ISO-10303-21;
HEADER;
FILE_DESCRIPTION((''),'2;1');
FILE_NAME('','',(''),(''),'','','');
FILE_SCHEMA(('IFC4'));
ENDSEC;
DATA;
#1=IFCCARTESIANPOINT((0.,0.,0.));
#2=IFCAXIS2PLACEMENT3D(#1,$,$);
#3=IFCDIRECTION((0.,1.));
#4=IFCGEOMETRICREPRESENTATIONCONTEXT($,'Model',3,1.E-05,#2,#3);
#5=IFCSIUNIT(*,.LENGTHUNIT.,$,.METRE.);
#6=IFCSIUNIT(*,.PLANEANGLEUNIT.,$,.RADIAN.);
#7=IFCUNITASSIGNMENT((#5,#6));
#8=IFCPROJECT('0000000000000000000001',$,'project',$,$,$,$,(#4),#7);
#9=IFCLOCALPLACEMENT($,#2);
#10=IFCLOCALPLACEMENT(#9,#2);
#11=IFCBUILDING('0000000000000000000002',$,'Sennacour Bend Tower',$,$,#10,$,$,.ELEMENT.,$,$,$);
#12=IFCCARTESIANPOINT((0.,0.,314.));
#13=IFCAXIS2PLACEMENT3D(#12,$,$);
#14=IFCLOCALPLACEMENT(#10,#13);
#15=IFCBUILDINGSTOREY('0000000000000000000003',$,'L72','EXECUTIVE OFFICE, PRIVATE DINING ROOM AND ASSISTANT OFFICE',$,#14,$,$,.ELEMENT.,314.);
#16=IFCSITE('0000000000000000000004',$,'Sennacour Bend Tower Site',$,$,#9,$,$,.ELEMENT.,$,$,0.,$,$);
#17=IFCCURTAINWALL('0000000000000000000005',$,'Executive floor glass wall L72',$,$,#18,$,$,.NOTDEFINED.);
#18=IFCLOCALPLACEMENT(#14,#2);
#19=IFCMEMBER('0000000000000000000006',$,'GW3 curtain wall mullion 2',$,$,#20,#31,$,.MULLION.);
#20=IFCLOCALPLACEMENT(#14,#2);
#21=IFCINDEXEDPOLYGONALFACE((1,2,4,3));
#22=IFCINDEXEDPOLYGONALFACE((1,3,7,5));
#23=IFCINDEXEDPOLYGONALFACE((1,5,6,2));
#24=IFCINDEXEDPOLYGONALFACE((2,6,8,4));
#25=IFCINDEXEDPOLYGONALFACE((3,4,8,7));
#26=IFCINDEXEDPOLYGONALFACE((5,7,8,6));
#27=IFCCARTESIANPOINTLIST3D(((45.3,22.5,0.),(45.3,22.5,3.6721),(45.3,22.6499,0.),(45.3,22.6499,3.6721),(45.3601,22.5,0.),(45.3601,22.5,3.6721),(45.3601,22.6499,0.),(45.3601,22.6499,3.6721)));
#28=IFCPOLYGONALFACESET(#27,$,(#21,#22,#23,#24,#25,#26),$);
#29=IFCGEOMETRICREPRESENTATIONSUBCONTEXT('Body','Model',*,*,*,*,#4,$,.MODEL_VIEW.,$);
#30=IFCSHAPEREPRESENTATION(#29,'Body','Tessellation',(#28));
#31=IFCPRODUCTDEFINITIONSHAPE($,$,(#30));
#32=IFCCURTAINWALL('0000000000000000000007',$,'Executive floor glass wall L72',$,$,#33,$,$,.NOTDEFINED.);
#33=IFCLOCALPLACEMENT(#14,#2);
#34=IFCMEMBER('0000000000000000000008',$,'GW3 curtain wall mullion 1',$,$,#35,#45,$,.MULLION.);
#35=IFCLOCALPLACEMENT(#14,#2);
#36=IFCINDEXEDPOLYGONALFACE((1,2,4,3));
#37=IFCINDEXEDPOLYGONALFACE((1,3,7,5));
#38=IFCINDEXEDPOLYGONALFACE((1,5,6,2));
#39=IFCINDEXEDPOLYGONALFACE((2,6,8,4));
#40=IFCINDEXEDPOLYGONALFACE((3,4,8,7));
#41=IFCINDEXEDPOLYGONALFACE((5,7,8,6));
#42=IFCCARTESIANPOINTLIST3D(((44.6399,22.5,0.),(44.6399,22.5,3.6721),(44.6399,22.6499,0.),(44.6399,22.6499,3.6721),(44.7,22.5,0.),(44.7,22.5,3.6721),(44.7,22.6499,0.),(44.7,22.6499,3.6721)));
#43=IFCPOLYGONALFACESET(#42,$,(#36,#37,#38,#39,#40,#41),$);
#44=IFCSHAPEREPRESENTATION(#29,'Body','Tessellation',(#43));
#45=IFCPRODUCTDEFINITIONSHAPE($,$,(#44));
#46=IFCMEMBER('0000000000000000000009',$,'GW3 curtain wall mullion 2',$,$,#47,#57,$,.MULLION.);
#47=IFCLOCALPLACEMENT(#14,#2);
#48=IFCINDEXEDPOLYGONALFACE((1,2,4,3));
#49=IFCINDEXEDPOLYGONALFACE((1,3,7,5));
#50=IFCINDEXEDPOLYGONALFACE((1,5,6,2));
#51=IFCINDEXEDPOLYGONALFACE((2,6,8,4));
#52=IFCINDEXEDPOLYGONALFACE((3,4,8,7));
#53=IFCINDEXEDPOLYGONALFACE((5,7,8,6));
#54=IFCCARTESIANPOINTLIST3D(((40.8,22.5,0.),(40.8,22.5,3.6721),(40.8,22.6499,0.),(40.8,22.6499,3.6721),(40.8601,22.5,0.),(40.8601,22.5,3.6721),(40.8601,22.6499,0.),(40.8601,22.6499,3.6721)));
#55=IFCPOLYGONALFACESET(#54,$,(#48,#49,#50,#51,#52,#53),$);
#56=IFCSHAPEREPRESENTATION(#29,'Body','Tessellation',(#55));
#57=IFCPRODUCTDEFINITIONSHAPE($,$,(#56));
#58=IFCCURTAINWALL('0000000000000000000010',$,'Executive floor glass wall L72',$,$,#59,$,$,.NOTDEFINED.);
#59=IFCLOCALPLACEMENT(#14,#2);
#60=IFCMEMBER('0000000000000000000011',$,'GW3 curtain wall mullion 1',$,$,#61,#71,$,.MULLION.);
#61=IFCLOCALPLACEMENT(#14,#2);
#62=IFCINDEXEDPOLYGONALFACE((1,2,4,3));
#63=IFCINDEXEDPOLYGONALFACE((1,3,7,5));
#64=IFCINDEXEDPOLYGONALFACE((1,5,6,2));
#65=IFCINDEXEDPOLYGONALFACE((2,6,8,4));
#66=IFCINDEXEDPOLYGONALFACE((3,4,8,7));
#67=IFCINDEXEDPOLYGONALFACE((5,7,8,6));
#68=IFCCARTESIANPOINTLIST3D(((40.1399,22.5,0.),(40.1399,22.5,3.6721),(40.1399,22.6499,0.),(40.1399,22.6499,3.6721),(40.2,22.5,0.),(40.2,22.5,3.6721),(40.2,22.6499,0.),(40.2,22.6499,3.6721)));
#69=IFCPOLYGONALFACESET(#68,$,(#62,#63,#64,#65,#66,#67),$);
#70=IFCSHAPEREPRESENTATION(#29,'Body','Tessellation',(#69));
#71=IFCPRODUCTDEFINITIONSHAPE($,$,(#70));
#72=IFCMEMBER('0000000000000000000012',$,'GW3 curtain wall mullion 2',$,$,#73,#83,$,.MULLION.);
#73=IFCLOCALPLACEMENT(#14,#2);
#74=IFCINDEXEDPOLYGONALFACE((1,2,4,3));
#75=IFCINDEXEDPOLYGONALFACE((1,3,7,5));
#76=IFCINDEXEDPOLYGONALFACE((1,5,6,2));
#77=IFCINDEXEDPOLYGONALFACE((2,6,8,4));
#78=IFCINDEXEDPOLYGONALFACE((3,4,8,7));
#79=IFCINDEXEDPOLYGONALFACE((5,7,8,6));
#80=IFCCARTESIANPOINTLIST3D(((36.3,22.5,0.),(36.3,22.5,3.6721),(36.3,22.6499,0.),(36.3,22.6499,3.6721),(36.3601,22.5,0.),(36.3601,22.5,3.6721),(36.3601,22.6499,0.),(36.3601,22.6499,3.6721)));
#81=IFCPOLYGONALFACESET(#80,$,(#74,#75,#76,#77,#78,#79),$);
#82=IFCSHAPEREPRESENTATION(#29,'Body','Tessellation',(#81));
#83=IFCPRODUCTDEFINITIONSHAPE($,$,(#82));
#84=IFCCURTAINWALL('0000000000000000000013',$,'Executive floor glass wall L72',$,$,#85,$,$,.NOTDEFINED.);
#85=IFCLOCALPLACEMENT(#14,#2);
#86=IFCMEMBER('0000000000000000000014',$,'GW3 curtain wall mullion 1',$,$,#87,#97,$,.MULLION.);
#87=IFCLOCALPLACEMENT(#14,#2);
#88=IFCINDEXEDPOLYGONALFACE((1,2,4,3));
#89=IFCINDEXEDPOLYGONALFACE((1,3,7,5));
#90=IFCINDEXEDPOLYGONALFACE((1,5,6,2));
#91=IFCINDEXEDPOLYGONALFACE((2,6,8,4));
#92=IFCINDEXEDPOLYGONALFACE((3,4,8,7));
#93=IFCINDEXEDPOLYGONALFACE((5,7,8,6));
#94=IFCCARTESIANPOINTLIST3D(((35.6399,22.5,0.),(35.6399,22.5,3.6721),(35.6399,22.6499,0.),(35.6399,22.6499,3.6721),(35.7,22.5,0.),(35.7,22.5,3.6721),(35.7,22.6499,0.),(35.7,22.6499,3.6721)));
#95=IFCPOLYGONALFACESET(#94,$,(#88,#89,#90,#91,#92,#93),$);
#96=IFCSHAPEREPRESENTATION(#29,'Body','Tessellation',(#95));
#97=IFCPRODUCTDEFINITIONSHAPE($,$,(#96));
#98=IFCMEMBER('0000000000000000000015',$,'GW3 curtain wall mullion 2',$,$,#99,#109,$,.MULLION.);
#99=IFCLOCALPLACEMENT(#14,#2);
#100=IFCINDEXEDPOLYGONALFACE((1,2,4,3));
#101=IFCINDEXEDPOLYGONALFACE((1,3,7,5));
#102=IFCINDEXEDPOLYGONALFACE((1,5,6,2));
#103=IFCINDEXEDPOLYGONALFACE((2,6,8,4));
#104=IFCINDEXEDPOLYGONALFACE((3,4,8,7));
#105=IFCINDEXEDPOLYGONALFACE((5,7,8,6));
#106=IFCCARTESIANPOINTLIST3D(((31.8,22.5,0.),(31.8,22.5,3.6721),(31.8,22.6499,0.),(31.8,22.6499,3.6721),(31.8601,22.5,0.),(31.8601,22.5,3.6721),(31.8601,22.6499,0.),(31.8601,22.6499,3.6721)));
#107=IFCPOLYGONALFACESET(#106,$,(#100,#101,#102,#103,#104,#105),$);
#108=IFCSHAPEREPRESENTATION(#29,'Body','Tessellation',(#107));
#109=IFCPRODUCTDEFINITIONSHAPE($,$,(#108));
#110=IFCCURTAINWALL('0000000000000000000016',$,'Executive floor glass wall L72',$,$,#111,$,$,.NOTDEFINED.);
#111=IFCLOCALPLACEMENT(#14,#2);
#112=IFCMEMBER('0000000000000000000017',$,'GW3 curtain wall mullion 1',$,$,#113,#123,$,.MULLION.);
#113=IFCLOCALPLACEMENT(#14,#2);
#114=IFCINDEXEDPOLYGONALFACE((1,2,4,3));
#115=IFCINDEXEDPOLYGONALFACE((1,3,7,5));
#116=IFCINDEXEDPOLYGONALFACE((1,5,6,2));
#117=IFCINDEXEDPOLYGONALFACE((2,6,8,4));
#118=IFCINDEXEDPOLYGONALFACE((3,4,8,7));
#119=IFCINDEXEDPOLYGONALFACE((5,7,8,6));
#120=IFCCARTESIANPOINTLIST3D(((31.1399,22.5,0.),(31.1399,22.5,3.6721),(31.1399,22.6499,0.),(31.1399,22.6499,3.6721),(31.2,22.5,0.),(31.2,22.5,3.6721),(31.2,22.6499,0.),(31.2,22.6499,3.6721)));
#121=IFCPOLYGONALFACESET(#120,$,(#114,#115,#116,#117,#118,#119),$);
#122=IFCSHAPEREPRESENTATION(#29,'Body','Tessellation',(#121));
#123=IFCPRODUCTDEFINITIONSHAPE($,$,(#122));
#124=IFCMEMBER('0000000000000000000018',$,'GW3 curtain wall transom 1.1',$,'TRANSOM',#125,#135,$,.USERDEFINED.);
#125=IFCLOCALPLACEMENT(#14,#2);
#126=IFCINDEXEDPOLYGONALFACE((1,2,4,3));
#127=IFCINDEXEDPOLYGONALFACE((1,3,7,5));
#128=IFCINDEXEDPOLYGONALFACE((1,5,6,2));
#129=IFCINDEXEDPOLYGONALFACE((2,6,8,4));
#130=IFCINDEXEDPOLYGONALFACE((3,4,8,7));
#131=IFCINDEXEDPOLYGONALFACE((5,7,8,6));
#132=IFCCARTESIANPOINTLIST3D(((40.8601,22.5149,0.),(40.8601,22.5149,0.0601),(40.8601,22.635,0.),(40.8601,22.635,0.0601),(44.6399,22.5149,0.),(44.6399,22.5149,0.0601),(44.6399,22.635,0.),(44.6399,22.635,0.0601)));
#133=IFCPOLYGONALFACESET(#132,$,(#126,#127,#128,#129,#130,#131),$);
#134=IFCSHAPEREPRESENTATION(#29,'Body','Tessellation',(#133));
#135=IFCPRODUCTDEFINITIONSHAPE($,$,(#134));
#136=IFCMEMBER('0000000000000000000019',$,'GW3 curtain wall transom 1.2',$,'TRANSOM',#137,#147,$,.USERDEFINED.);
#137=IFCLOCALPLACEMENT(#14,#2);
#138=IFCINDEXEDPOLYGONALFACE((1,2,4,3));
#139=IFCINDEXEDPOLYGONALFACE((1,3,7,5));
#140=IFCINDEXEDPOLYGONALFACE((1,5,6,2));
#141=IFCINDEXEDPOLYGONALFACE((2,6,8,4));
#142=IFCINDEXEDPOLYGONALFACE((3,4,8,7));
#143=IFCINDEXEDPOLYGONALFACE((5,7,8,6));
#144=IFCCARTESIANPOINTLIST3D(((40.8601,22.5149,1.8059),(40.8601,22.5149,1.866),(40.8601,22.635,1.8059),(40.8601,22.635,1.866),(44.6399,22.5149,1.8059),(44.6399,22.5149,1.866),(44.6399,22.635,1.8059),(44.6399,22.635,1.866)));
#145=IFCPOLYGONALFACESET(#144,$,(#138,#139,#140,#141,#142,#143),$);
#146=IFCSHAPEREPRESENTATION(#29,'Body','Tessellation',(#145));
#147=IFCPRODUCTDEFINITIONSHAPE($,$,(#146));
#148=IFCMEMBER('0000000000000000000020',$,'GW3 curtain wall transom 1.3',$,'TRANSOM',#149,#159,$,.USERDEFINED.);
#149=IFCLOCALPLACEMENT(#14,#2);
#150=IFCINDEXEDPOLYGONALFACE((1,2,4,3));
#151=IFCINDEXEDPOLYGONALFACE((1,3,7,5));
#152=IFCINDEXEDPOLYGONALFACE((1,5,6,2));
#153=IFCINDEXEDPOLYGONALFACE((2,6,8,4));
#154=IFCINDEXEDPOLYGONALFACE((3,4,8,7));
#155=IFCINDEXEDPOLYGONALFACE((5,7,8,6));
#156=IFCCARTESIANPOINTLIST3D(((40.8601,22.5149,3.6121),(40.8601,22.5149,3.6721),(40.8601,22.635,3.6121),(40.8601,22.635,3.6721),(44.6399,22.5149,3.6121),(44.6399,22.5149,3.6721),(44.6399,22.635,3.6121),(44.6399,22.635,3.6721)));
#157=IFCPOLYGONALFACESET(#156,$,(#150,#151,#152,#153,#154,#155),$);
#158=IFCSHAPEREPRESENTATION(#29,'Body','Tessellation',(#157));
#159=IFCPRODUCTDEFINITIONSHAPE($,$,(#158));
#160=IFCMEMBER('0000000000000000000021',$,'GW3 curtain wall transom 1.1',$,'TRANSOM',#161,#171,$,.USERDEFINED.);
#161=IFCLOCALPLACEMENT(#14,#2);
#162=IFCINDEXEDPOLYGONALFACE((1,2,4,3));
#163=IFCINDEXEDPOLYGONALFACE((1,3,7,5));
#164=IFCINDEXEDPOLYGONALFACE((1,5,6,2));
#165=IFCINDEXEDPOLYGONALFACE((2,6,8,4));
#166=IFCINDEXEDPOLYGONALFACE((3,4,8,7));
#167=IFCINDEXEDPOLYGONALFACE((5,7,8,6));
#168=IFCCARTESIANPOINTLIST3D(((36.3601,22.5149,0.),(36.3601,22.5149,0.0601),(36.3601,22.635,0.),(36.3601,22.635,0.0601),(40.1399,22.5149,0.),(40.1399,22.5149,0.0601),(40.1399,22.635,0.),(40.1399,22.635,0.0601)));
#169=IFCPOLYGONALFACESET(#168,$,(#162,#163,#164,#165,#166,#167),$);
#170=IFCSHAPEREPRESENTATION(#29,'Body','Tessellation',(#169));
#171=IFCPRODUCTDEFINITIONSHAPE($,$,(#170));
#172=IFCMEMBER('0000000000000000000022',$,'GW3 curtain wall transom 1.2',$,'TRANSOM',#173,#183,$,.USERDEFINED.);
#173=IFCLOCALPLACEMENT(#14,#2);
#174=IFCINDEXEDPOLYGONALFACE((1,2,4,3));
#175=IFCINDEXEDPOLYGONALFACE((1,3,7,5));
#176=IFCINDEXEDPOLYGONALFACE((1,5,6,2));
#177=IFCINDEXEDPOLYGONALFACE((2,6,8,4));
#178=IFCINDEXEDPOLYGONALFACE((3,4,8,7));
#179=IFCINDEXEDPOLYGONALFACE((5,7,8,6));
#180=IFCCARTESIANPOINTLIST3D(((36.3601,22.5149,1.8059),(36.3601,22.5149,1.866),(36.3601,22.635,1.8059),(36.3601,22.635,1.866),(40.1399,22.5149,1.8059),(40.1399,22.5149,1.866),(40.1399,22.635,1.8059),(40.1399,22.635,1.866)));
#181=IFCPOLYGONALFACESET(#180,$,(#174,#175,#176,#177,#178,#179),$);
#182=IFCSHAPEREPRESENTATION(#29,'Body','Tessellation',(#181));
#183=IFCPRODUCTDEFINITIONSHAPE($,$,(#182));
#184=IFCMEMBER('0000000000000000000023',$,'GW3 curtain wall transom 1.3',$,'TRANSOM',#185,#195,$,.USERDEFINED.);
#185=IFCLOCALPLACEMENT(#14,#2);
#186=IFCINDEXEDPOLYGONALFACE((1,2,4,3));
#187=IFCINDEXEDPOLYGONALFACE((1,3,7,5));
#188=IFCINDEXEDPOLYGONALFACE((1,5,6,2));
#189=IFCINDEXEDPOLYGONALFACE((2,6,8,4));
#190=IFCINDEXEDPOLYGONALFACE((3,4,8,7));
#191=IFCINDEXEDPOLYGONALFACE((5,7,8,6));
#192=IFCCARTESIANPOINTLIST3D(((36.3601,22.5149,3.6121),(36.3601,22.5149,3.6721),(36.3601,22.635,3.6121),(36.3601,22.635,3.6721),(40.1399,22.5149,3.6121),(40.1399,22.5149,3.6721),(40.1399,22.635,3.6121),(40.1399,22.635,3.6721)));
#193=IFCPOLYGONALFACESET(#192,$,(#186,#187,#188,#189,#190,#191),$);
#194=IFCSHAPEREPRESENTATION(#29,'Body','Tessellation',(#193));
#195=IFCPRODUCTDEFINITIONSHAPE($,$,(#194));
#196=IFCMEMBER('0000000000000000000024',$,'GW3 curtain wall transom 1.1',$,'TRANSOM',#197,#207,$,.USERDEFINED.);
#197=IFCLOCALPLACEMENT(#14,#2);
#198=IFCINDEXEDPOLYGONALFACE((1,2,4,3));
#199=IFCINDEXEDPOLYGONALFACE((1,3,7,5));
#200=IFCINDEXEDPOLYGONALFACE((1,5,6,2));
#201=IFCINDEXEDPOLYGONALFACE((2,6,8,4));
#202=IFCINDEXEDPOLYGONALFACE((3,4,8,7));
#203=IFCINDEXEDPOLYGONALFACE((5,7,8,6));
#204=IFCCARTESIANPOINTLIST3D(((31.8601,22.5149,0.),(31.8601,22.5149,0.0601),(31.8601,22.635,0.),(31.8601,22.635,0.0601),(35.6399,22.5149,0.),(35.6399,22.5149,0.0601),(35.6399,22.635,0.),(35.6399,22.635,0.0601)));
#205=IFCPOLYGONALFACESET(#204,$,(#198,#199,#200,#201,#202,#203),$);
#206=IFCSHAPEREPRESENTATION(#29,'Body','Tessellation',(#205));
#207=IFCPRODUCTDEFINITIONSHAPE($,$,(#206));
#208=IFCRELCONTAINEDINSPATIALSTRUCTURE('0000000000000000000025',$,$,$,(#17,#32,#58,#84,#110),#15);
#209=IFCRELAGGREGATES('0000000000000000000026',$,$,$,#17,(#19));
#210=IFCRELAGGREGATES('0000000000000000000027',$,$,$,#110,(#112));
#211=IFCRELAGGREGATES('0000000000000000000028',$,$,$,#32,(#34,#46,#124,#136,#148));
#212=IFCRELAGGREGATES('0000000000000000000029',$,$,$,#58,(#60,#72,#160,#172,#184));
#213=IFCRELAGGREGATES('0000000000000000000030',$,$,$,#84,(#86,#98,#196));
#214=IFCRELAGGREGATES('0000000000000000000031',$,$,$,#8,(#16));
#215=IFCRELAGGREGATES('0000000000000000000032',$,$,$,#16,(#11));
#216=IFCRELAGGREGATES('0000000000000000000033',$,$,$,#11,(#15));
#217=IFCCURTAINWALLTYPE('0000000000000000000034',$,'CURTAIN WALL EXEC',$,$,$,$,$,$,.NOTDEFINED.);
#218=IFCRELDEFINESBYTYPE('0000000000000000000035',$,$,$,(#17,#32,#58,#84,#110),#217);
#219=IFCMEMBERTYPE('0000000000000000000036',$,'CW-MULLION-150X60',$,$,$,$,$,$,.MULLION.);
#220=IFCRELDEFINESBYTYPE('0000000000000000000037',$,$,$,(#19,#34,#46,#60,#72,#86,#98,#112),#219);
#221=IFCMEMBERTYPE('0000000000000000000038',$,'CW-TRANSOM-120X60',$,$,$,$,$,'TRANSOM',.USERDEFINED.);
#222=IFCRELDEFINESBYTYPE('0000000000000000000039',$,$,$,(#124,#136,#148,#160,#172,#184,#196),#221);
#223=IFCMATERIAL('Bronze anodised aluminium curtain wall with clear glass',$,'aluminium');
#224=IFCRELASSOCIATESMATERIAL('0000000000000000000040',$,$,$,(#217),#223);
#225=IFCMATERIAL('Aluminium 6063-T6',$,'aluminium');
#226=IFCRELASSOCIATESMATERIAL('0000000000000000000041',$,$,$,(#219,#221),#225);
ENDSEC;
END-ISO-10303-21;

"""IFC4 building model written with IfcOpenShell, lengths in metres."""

from ifc_helpers import new_model, si_unit, direction, frame, origin, origin_2d, place, context, subcontext, project, spatial, rectangle, extrude, material, material_profile, profile_set, type_object, element, aggregate, save


model = new_model("IFC4")

# Units and contexts
model_context = context("Model", 3, precision=1e-05, world=origin(), true_north=direction((0.0, 1.0)))
body_context = subcontext(model_context, "Body", "Model", "MODEL_VIEW")
ifc_project = project(units=[si_unit("LENGTHUNIT", "METRE"), si_unit("PLANEANGLEUNIT", "RADIAN")], contexts=[model_context])

# Site, building, storey
site_placement = place(None, origin())
site = spatial("IfcSite", under=ifc_project, at=site_placement, Name="Sennacour Bend Tower Site", CompositionType="ELEMENT", RefElevation=0.0)
building_placement = place(site_placement, origin())
building = spatial("IfcBuilding", under=site, at=building_placement, Name="Sennacour Bend Tower", CompositionType="ELEMENT")
storey_placement = place(building_placement, frame((0.0, 0.0, 314.0)))
storey = spatial("IfcBuildingStorey", under=building, at=storey_placement, Name="L72", Description="EXECUTIVE OFFICE, PRIVATE DINING ROOM AND ASSISTANT OFFICE", CompositionType="ELEMENT", Elevation=314.0)

# Curtain wall, member
ifc_material_1 = material(Name="Bronze anodised aluminium curtain wall with clear glass", Category="aluminium")
curtain_wall_type = type_object("IfcCurtainWallType", Name="CURTAIN WALL EXEC", PredefinedType="NOTDEFINED", material=ifc_material_1)
curtain_wall_1_placement = place(storey_placement, origin())
curtain_wall_1 = element("IfcCurtainWall", 1, at=curtain_wall_1_placement, inside=storey, type_object=curtain_wall_type, Name="Executive floor glass wall L72", PredefinedType="NOTDEFINED")
ifc_material_2 = material(Name="Aluminium 6063-T6", Category="aluminium")
ifc_material_profile_1 = material_profile(ifc_material_2, rectangle(XDim=0.1499, YDim=0.0601, at=origin_2d()), Name="Aluminium 6063-T6", Category="aluminium")
ifc_profile_set_1 = profile_set([ifc_material_profile_1], Name="Aluminium 6063-T6")
member_type_1 = type_object("IfcMemberType", Name="CW-MULLION-150X60", PredefinedType="MULLION", material=ifc_profile_set_1)
member_1_placement = place(storey_placement, frame((45.3301, 22.575, 0.0), z_axis=(0.0, 0.0, 1.0), x_axis=(0.0, -1.0, 0.0)))
member_1 = element("IfcMember", 2, at=member_1_placement, type_object=member_type_1, Name="GW3 curtain wall mullion 2", PredefinedType="MULLION", context=body_context, shape_type="SweptSolid", body=[
    extrude(rectangle(XDim=0.1499, YDim=0.0601, at=origin_2d()), origin(), (0.0, 0.0, 1.0), 3.6721),
])
aggregate(curtain_wall_1, [member_1])

# Curtain walls, members
curtain_wall_2_placement = place(storey_placement, origin())
curtain_wall_2 = element("IfcCurtainWall", 3, at=curtain_wall_2_placement, inside=storey, type_object=curtain_wall_type, Name="Executive floor glass wall L72", PredefinedType="NOTDEFINED")
member_2_placement = place(storey_placement, frame((44.6699, 22.575, 0.0), z_axis=(0.0, 0.0, 1.0), x_axis=(0.0, -1.0, 0.0)))
member_2 = element("IfcMember", 4, at=member_2_placement, type_object=member_type_1, Name="GW3 curtain wall mullion 1", PredefinedType="MULLION", context=body_context, shape_type="SweptSolid", body=[
    extrude(rectangle(XDim=0.1499, YDim=0.0601, at=origin_2d()), origin(), (0.0, 0.0, 1.0), 3.6721),
])
member_3_placement = place(storey_placement, frame((40.8301, 22.575, 0.0), z_axis=(0.0, 0.0, 1.0), x_axis=(0.0, -1.0, 0.0)))
member_3 = element("IfcMember", 5, at=member_3_placement, type_object=member_type_1, Name="GW3 curtain wall mullion 2", PredefinedType="MULLION", context=body_context, shape_type="SweptSolid", body=[
    extrude(rectangle(XDim=0.1499, YDim=0.0601, at=origin_2d()), origin(), (0.0, 0.0, 1.0), 3.6721),
])
curtain_wall_3_placement = place(storey_placement, origin())
curtain_wall_3 = element("IfcCurtainWall", 6, at=curtain_wall_3_placement, inside=storey, type_object=curtain_wall_type, Name="Executive floor glass wall L72", PredefinedType="NOTDEFINED")
member_4_placement = place(storey_placement, frame((40.1699, 22.575, 0.0), z_axis=(0.0, 0.0, 1.0), x_axis=(0.0, -1.0, 0.0)))
member_4 = element("IfcMember", 7, at=member_4_placement, type_object=member_type_1, Name="GW3 curtain wall mullion 1", PredefinedType="MULLION", context=body_context, shape_type="SweptSolid", body=[
    extrude(rectangle(XDim=0.1499, YDim=0.0601, at=origin_2d()), origin(), (0.0, 0.0, 1.0), 3.6721),
])
member_5_placement = place(storey_placement, frame((36.3301, 22.575, 0.0), z_axis=(0.0, 0.0, 1.0), x_axis=(0.0, -1.0, 0.0)))
member_5 = element("IfcMember", 8, at=member_5_placement, type_object=member_type_1, Name="GW3 curtain wall mullion 2", PredefinedType="MULLION", context=body_context, shape_type="SweptSolid", body=[
    extrude(rectangle(XDim=0.1499, YDim=0.0601, at=origin_2d()), origin(), (0.0, 0.0, 1.0), 3.6721),
])
curtain_wall_4_placement = place(storey_placement, origin())
curtain_wall_4 = element("IfcCurtainWall", 9, at=curtain_wall_4_placement, inside=storey, type_object=curtain_wall_type, Name="Executive floor glass wall L72", PredefinedType="NOTDEFINED")
member_6_placement = place(storey_placement, frame((35.6699, 22.575, 0.0), z_axis=(0.0, 0.0, 1.0), x_axis=(0.0, -1.0, 0.0)))
member_6 = element("IfcMember", 10, at=member_6_placement, type_object=member_type_1, Name="GW3 curtain wall mullion 1", PredefinedType="MULLION", context=body_context, shape_type="SweptSolid", body=[
    extrude(rectangle(XDim=0.1499, YDim=0.0601, at=origin_2d()), origin(), (0.0, 0.0, 1.0), 3.6721),
])
member_7_placement = place(storey_placement, frame((31.8301, 22.575, 0.0), z_axis=(0.0, 0.0, 1.0), x_axis=(0.0, -1.0, 0.0)))
member_7 = element("IfcMember", 11, at=member_7_placement, type_object=member_type_1, Name="GW3 curtain wall mullion 2", PredefinedType="MULLION", context=body_context, shape_type="SweptSolid", body=[
    extrude(rectangle(XDim=0.1499, YDim=0.0601, at=origin_2d()), origin(), (0.0, 0.0, 1.0), 3.6721),
])

# Curtain wall, member
curtain_wall_5_placement = place(storey_placement, origin())
curtain_wall_5 = element("IfcCurtainWall", 12, at=curtain_wall_5_placement, inside=storey, type_object=curtain_wall_type, Name="Executive floor glass wall L72", PredefinedType="NOTDEFINED")
member_8_placement = place(storey_placement, frame((31.1699, 22.575, 0.0), z_axis=(0.0, 0.0, 1.0), x_axis=(0.0, -1.0, 0.0)))
member_8 = element("IfcMember", 13, at=member_8_placement, type_object=member_type_1, Name="GW3 curtain wall mullion 1", PredefinedType="MULLION", context=body_context, shape_type="SweptSolid", body=[
    extrude(rectangle(XDim=0.1499, YDim=0.0601, at=origin_2d()), origin(), (0.0, 0.0, 1.0), 3.6721),
])

# Members
ifc_material_profile_2 = material_profile(ifc_material_2, rectangle(XDim=0.1201, YDim=0.0601, at=origin_2d()), Name="Aluminium 6063-T6", Category="aluminium")
ifc_profile_set_2 = profile_set([ifc_material_profile_2], Name="Aluminium 6063-T6")
member_type_2 = type_object("IfcMemberType", Name="CW-TRANSOM-120X60", ElementType="TRANSOM", PredefinedType="USERDEFINED", material=ifc_profile_set_2)
member_9_placement = place(storey_placement, frame((44.6399, 22.575, 0.03), z_axis=(-1.0, 0.0, 0.0), x_axis=(0.0, -1.0, 0.0)))
member_9 = element("IfcMember", 14, at=member_9_placement, type_object=member_type_2, Name="GW3 curtain wall transom 1.1", ObjectType="TRANSOM", PredefinedType="USERDEFINED", context=body_context, shape_type="SweptSolid", body=[
    extrude(rectangle(XDim=0.1201, YDim=0.0601, at=origin_2d()), origin(), (0.0, 0.0, 1.0), 3.7798),
])
member_10_placement = place(storey_placement, frame((44.6399, 22.575, 1.8359), z_axis=(-1.0, 0.0, 0.0), x_axis=(0.0, -1.0, 0.0)))
member_10 = element("IfcMember", 15, at=member_10_placement, type_object=member_type_2, Name="GW3 curtain wall transom 1.2", ObjectType="TRANSOM", PredefinedType="USERDEFINED", context=body_context, shape_type="SweptSolid", body=[
    extrude(rectangle(XDim=0.1201, YDim=0.0601, at=origin_2d()), origin(), (0.0, 0.0, 1.0), 3.7798),
])
member_11_placement = place(storey_placement, frame((44.6399, 22.575, 3.6421), z_axis=(-1.0, 0.0, 0.0), x_axis=(0.0, -1.0, 0.0)))
member_11 = element("IfcMember", 16, at=member_11_placement, type_object=member_type_2, Name="GW3 curtain wall transom 1.3", ObjectType="TRANSOM", PredefinedType="USERDEFINED", context=body_context, shape_type="SweptSolid", body=[
    extrude(rectangle(XDim=0.1201, YDim=0.0601, at=origin_2d()), origin(), (0.0, 0.0, 1.0), 3.7798),
])
member_12_placement = place(storey_placement, frame((40.1399, 22.575, 0.03), z_axis=(-1.0, 0.0, 0.0), x_axis=(0.0, -1.0, 0.0)))
member_12 = element("IfcMember", 17, at=member_12_placement, type_object=member_type_2, Name="GW3 curtain wall transom 1.1", ObjectType="TRANSOM", PredefinedType="USERDEFINED", context=body_context, shape_type="SweptSolid", body=[
    extrude(rectangle(XDim=0.1201, YDim=0.0601, at=origin_2d()), origin(), (0.0, 0.0, 1.0), 3.7798),
])
member_13_placement = place(storey_placement, frame((40.1399, 22.575, 1.8359), z_axis=(-1.0, 0.0, 0.0), x_axis=(0.0, -1.0, 0.0)))
member_13 = element("IfcMember", 18, at=member_13_placement, type_object=member_type_2, Name="GW3 curtain wall transom 1.2", ObjectType="TRANSOM", PredefinedType="USERDEFINED", context=body_context, shape_type="SweptSolid", body=[
    extrude(rectangle(XDim=0.1201, YDim=0.0601, at=origin_2d()), origin(), (0.0, 0.0, 1.0), 3.7798),
])
member_14_placement = place(storey_placement, frame((40.1399, 22.575, 3.6421), z_axis=(-1.0, 0.0, 0.0), x_axis=(0.0, -1.0, 0.0)))
member_14 = element("IfcMember", 19, at=member_14_placement, type_object=member_type_2, Name="GW3 curtain wall transom 1.3", ObjectType="TRANSOM", PredefinedType="USERDEFINED", context=body_context, shape_type="SweptSolid", body=[
    extrude(rectangle(XDim=0.1201, YDim=0.0601, at=origin_2d()), origin(), (0.0, 0.0, 1.0), 3.7798),
])
member_15_placement = place(storey_placement, frame((35.6399, 22.575, 0.03), z_axis=(-1.0, 0.0, 0.0), x_axis=(0.0, -1.0, 0.0)))
member_15 = element("IfcMember", 20, at=member_15_placement, type_object=member_type_2, Name="GW3 curtain wall transom 1.1", ObjectType="TRANSOM", PredefinedType="USERDEFINED", context=body_context, shape_type="SweptSolid", body=[
    extrude(rectangle(XDim=0.1201, YDim=0.0601, at=origin_2d()), origin(), (0.0, 0.0, 1.0), 3.7798),
])
aggregate(curtain_wall_5, [member_8])

aggregate(curtain_wall_2, [member_2, member_3, member_9, member_10, member_11])
aggregate(curtain_wall_3, [member_4, member_5, member_12, member_13, member_14])
aggregate(curtain_wall_4, [member_6, member_7, member_15])

save(model, "model.ifc")
